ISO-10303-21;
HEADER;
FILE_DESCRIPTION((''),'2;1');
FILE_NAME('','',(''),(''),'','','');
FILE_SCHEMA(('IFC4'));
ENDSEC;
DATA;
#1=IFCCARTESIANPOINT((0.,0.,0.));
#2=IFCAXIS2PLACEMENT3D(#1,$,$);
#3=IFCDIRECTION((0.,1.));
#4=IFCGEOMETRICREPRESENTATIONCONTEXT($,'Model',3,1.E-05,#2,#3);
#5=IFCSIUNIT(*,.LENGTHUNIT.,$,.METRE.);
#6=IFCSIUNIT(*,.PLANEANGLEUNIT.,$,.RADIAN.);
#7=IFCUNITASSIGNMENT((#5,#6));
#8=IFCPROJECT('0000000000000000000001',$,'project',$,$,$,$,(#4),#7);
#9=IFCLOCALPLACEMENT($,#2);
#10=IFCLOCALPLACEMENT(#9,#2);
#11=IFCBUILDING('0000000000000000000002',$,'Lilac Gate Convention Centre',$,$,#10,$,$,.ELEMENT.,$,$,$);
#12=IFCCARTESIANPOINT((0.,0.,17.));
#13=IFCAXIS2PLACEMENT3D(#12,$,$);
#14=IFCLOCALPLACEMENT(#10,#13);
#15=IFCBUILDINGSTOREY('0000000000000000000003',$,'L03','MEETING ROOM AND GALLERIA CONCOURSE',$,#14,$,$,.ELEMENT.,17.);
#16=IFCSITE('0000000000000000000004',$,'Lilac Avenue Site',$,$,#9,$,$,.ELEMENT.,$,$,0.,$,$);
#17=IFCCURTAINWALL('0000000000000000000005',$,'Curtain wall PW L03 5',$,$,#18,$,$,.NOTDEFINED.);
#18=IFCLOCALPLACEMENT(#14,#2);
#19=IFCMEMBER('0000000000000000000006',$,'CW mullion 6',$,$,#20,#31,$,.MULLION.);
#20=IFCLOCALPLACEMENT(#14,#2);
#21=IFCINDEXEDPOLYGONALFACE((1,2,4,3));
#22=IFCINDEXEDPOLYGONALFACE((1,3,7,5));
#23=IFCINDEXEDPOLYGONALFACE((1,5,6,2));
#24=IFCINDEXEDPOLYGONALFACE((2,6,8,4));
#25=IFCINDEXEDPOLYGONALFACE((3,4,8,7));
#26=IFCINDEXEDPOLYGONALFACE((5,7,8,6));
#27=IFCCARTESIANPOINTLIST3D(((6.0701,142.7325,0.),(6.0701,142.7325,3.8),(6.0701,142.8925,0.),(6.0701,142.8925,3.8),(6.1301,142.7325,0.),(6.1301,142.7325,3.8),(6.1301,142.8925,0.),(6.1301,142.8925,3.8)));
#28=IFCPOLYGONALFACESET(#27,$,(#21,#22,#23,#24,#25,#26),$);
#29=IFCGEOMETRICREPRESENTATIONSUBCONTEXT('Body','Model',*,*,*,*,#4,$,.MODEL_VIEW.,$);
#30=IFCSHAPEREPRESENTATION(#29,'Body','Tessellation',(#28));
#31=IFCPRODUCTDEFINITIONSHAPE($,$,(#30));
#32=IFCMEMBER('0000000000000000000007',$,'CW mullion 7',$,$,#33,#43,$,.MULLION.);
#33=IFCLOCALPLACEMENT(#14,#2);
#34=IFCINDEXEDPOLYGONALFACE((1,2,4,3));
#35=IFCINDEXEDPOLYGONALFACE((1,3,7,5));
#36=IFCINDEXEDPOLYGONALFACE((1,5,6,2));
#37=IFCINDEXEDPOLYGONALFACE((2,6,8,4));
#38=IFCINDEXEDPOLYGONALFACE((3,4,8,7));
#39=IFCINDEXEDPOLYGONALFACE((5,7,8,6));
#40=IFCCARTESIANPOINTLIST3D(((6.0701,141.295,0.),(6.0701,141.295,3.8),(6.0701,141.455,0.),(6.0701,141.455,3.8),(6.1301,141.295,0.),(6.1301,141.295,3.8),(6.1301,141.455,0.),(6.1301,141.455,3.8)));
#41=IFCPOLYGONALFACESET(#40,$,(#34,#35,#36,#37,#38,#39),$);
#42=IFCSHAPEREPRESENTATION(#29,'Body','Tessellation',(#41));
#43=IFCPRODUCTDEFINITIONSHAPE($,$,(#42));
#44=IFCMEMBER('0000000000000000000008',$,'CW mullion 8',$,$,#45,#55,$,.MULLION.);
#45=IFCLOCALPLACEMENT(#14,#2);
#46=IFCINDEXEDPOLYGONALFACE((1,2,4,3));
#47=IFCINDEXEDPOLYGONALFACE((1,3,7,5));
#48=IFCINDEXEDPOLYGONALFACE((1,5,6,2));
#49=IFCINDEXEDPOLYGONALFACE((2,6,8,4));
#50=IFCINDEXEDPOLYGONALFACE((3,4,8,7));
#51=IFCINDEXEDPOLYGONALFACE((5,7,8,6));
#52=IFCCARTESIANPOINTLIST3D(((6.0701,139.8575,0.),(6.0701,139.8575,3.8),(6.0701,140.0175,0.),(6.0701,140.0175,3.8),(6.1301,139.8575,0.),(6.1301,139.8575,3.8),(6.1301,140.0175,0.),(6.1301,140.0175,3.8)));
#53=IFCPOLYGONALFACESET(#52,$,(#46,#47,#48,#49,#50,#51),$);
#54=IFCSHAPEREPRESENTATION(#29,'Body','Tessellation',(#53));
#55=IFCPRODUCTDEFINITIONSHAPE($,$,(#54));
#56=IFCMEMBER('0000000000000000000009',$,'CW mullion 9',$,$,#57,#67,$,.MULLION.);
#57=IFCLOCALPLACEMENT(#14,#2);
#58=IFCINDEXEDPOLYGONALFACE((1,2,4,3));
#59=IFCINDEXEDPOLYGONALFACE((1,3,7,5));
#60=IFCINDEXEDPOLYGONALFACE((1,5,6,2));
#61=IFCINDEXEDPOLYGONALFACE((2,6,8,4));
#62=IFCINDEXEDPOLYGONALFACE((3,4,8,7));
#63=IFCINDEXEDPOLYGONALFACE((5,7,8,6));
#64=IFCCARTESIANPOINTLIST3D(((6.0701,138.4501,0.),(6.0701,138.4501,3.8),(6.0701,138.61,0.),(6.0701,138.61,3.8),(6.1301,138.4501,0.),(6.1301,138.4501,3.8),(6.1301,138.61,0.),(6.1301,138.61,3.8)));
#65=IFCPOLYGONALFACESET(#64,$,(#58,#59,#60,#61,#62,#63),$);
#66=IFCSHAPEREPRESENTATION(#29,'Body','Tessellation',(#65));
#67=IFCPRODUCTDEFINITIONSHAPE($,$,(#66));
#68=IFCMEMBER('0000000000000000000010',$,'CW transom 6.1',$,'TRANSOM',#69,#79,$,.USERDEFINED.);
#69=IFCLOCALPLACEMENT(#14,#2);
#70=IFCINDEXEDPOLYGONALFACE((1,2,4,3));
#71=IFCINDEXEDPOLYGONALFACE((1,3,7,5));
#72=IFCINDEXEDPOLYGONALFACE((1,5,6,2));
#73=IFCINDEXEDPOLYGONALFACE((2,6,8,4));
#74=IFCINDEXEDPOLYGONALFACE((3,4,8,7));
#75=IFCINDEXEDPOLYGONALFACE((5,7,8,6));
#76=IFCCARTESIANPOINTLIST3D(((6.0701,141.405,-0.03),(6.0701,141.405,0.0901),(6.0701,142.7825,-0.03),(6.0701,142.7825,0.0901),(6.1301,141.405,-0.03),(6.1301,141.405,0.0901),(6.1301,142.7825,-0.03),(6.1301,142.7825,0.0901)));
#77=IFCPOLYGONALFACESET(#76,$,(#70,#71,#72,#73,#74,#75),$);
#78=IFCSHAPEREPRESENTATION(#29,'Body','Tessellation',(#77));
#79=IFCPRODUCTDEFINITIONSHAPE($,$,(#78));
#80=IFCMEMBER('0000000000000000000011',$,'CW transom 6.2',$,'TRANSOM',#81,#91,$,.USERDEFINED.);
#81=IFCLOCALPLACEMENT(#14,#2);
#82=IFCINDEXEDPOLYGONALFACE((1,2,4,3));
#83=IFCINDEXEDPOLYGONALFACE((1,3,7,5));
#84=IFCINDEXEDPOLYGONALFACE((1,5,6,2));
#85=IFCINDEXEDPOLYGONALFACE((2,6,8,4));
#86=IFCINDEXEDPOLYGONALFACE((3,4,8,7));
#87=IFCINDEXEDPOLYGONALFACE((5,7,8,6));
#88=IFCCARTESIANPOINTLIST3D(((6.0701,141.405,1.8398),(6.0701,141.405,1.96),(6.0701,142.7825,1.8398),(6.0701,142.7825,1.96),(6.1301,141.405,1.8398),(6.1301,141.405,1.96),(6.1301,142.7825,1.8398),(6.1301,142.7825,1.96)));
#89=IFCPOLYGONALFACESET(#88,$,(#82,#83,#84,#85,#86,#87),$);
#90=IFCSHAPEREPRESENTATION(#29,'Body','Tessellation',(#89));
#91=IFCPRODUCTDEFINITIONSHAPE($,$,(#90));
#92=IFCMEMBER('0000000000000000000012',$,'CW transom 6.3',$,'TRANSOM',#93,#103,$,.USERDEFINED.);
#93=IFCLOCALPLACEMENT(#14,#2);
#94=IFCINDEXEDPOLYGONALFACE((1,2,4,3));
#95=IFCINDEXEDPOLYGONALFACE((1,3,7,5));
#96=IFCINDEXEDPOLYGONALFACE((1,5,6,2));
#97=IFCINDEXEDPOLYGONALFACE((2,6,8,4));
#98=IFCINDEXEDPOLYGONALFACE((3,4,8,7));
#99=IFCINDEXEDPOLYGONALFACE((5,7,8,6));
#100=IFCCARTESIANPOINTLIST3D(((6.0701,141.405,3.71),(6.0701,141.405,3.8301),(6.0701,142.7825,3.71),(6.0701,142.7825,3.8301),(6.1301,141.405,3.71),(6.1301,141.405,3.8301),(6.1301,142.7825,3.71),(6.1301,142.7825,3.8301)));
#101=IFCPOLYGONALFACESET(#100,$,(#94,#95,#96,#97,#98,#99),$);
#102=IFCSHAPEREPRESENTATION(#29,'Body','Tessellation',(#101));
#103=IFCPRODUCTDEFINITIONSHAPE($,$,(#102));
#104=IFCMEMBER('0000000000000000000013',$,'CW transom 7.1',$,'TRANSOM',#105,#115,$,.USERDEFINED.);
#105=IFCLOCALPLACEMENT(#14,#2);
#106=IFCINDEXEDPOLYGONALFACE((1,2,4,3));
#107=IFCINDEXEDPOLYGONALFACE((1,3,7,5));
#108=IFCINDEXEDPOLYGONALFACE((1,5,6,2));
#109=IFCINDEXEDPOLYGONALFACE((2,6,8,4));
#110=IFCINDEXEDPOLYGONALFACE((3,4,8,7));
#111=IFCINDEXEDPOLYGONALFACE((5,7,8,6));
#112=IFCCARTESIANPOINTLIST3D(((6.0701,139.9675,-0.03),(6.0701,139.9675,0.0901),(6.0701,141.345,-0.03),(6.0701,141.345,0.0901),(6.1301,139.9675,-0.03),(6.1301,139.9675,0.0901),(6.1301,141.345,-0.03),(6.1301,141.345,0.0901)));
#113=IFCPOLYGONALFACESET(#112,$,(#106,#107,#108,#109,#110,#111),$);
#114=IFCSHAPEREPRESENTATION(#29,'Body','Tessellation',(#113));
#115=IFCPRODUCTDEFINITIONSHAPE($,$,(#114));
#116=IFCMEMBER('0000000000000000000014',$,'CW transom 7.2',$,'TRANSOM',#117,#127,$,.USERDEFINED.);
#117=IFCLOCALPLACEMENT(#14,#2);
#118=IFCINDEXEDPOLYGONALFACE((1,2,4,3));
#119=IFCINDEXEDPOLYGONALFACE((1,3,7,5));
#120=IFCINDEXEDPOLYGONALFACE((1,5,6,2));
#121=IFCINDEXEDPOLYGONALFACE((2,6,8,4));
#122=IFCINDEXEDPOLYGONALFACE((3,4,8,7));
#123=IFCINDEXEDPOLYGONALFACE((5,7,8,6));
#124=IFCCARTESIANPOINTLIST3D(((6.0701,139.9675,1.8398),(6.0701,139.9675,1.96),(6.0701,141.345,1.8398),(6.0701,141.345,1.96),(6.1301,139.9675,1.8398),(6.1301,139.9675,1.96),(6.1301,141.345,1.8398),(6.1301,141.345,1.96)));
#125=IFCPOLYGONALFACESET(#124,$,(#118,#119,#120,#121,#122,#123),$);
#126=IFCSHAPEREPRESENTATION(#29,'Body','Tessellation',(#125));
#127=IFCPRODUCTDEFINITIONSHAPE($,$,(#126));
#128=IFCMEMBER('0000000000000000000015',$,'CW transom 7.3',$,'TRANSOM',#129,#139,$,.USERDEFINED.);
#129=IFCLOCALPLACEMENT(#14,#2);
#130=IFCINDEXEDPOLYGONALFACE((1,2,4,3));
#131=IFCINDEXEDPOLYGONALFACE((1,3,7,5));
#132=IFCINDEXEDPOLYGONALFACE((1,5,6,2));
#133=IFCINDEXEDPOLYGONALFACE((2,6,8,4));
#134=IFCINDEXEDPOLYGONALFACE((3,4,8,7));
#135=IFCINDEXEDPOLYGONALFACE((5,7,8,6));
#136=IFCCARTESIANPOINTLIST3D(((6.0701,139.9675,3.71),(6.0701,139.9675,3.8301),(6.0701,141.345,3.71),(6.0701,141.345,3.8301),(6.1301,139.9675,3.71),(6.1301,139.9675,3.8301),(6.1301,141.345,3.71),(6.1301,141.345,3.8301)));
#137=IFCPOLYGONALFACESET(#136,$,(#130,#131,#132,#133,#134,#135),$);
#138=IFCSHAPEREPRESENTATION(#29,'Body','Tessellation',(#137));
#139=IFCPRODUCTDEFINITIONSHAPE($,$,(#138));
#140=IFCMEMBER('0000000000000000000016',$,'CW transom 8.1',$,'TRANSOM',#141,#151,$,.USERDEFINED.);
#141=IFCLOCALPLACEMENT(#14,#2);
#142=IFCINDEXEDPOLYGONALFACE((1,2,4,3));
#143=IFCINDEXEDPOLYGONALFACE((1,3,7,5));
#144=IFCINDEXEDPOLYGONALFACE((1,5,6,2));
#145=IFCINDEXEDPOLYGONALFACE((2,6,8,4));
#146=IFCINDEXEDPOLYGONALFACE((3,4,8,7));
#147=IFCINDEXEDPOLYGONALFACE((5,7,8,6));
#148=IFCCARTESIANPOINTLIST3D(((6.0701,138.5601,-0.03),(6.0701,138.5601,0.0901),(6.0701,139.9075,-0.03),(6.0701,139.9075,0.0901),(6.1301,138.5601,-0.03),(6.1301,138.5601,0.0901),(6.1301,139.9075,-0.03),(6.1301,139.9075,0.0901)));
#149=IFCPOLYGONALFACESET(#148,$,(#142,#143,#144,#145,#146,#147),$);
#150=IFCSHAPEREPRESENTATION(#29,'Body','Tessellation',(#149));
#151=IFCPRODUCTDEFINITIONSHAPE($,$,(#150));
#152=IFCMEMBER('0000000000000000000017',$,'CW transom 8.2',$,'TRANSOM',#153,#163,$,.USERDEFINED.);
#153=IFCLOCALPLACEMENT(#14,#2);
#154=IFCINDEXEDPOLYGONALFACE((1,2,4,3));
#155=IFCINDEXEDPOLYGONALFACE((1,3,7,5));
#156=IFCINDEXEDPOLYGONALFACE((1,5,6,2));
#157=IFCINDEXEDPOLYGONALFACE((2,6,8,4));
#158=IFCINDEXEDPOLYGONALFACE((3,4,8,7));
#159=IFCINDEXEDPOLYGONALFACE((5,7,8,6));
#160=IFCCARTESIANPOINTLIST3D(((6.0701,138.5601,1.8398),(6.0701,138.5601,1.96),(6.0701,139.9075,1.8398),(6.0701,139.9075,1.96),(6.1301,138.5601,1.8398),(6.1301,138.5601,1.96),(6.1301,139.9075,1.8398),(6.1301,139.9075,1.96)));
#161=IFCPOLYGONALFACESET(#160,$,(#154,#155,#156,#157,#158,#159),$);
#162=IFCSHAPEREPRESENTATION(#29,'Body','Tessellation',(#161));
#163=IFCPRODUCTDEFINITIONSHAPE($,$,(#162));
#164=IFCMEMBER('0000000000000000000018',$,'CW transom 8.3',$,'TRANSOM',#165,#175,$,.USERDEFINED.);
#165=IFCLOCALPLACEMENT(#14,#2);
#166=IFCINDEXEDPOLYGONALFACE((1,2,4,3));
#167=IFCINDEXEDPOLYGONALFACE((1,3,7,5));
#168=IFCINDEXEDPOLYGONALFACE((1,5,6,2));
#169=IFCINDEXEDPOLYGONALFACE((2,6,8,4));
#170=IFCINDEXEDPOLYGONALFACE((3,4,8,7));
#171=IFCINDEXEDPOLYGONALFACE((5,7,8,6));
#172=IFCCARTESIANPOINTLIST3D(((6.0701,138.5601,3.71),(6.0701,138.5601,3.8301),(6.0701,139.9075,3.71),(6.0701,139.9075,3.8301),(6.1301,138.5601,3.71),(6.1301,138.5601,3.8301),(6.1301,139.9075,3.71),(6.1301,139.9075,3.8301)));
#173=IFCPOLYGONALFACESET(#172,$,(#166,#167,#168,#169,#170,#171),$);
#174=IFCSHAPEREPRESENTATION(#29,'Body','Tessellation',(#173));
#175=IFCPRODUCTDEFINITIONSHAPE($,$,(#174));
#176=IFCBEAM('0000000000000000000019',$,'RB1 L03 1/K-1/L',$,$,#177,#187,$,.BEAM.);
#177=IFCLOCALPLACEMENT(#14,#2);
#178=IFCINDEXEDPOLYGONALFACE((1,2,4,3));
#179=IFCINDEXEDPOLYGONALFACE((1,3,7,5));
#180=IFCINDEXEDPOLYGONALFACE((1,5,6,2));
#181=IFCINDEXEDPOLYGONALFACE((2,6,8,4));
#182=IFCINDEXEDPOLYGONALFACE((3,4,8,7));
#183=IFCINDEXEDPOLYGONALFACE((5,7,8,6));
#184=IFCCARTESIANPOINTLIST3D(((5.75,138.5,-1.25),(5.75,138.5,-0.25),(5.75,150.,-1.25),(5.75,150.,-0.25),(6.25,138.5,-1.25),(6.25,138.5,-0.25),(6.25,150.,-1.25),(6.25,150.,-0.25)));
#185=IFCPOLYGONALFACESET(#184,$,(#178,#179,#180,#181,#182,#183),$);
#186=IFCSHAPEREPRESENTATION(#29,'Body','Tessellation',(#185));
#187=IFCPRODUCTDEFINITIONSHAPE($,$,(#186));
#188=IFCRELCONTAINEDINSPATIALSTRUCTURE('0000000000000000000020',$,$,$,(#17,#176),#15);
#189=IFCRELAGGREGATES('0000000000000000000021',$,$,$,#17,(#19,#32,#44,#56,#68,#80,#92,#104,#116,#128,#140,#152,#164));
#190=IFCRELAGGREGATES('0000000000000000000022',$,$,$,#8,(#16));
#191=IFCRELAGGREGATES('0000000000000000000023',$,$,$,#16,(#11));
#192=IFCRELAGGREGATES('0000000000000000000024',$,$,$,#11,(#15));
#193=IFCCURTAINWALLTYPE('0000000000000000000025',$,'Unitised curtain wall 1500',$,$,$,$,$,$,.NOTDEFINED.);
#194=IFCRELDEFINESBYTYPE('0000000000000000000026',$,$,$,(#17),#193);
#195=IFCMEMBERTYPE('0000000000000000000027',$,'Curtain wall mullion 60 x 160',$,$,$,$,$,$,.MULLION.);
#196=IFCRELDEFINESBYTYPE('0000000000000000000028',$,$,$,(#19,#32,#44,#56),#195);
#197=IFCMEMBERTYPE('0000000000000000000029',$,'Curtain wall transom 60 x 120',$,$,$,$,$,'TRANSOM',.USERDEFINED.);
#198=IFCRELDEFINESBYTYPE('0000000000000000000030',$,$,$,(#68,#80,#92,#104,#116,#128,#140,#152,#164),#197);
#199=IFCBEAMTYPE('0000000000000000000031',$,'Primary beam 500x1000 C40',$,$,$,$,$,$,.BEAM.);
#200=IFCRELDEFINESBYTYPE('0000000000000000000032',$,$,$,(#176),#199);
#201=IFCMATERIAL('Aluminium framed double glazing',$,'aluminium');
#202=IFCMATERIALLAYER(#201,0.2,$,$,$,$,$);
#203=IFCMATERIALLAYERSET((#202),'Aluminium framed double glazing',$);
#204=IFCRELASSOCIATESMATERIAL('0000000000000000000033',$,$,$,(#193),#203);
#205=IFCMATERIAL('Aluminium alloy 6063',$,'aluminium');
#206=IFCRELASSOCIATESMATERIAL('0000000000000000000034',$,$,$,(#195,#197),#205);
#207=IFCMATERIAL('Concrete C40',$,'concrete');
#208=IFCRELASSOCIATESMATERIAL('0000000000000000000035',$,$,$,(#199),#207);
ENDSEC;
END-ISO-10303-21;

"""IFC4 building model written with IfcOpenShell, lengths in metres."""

from ifc_helpers import new_model, si_unit, direction, frame, origin, origin_2d, place, context, subcontext, project, spatial, rectangle, extrude, material, layer, layer_set, material_profile, profile_set, type_object, element, aggregate, save


model = new_model("IFC4")

# Units and contexts
model_context = context("Model", 3, precision=1e-05, world=origin(), true_north=direction((0.0, 1.0)))
body_context = subcontext(model_context, "Body", "Model", "MODEL_VIEW")
ifc_project = project(units=[si_unit("LENGTHUNIT", "METRE"), si_unit("PLANEANGLEUNIT", "RADIAN")], contexts=[model_context])

# Site, building, storey
site_placement = place(None, origin())
site = spatial("IfcSite", under=ifc_project, at=site_placement, Name="Lilac Avenue Site", CompositionType="ELEMENT", RefElevation=0.0)
building_placement = place(site_placement, origin())
building = spatial("IfcBuilding", under=site, at=building_placement, Name="Lilac Gate Convention Centre", CompositionType="ELEMENT")
storey_placement = place(building_placement, frame((0.0, 0.0, 17.0)))
storey = spatial("IfcBuildingStorey", under=building, at=storey_placement, Name="L03", Description="MEETING ROOM AND GALLERIA CONCOURSE", CompositionType="ELEMENT", Elevation=17.0)

# Curtain wall, members
ifc_material_1 = material(Name="Aluminium framed double glazing", Category="aluminium")
ifc_layer_1 = layer(ifc_material_1, 0.2)
ifc_layer_set_1 = layer_set([ifc_layer_1], Name="Aluminium framed double glazing")
curtain_wall_type = type_object("IfcCurtainWallType", Name="Unitised curtain wall 1500", PredefinedType="NOTDEFINED", material=ifc_layer_set_1)
curtain_wall_placement = place(storey_placement, origin())
curtain_wall = element("IfcCurtainWall", 1, at=curtain_wall_placement, inside=storey, type_object=curtain_wall_type, Name="Curtain wall PW L03 5", PredefinedType="NOTDEFINED")
ifc_material_2 = material(Name="Aluminium alloy 6063", Category="aluminium")
ifc_material_profile_1 = material_profile(ifc_material_2, rectangle(XDim=0.0601, YDim=0.1599, at=origin_2d()), Name="Curtain wall mullion 60 x 160")
ifc_profile_set_1 = profile_set([ifc_material_profile_1], Name="Aluminium alloy 6063")
member_type_1 = type_object("IfcMemberType", Name="Curtain wall mullion 60 x 160", PredefinedType="MULLION", material=ifc_profile_set_1)
member_1_placement = place(storey_placement, frame((6.1001, 142.8125, 0.0), z_axis=(0.0, 0.0, 1.0), x_axis=(1.0, 0.0, 0.0)))
member_1 = element("IfcMember", 2, at=member_1_placement, type_object=member_type_1, Name="CW mullion 6", PredefinedType="MULLION", context=body_context, shape_type="SweptSolid", body=[
    extrude(rectangle(XDim=0.0601, YDim=0.1599, at=origin_2d()), origin(), (0.0, 0.0, 1.0), 3.8),
])
member_2_placement = place(storey_placement, frame((6.1001, 141.375, 0.0), z_axis=(0.0, 0.0, 1.0), x_axis=(1.0, 0.0, 0.0)))
member_2 = element("IfcMember", 3, at=member_2_placement, type_object=member_type_1, Name="CW mullion 7", PredefinedType="MULLION", context=body_context, shape_type="SweptSolid", body=[
    extrude(rectangle(XDim=0.0601, YDim=0.1599, at=origin_2d()), origin(), (0.0, 0.0, 1.0), 3.8),
])
member_3_placement = place(storey_placement, frame((6.1001, 139.9375, 0.0), z_axis=(0.0, 0.0, 1.0), x_axis=(1.0, 0.0, 0.0)))
member_3 = element("IfcMember", 4, at=member_3_placement, type_object=member_type_1, Name="CW mullion 8", PredefinedType="MULLION", context=body_context, shape_type="SweptSolid", body=[
    extrude(rectangle(XDim=0.0601, YDim=0.1599, at=origin_2d()), origin(), (0.0, 0.0, 1.0), 3.8),
])
member_4_placement = place(storey_placement, frame((6.1001, 138.53, 0.0), z_axis=(0.0, 0.0, 1.0), x_axis=(1.0, 0.0, 0.0)))
member_4 = element("IfcMember", 5, at=member_4_placement, type_object=member_type_1, Name="CW mullion 9", PredefinedType="MULLION", context=body_context, shape_type="SweptSolid", body=[
    extrude(rectangle(XDim=0.0601, YDim=0.1599, at=origin_2d()), origin(), (0.0, 0.0, 1.0), 3.8),
])
ifc_material_profile_2 = material_profile(ifc_material_2, rectangle(XDim=0.0601, YDim=0.1201, at=origin_2d()), Name="Curtain wall transom 60 x 120")
ifc_profile_set_2 = profile_set([ifc_material_profile_2], Name="Aluminium alloy 6063")
member_type_2 = type_object("IfcMemberType", Name="Curtain wall transom 60 x 120", ElementType="TRANSOM", PredefinedType="USERDEFINED", material=ifc_profile_set_2)
member_5_placement = place(storey_placement, frame((6.1001, 142.7825, 0.03), z_axis=(0.0, -1.0, 0.0), x_axis=(1.0, 0.0, 0.0)))
member_5 = element("IfcMember", 6, at=member_5_placement, type_object=member_type_2, Name="CW transom 6.1", ObjectType="TRANSOM", PredefinedType="USERDEFINED", context=body_context, shape_type="SweptSolid", body=[
    extrude(rectangle(XDim=0.0601, YDim=0.1201, at=origin_2d()), origin(), (0.0, 0.0, 1.0), 1.3774),
])
member_6_placement = place(storey_placement, frame((6.1001, 142.7825, 1.8999), z_axis=(0.0, -1.0, 0.0), x_axis=(1.0, 0.0, 0.0)))
member_6 = element("IfcMember", 7, at=member_6_placement, type_object=member_type_2, Name="CW transom 6.2", ObjectType="TRANSOM", PredefinedType="USERDEFINED", context=body_context, shape_type="SweptSolid", body=[
    extrude(rectangle(XDim=0.0601, YDim=0.1201, at=origin_2d()), origin(), (0.0, 0.0, 1.0), 1.3774),
])
member_7_placement = place(storey_placement, frame((6.1001, 142.7825, 3.77), z_axis=(0.0, -1.0, 0.0), x_axis=(1.0, 0.0, 0.0)))
member_7 = element("IfcMember", 8, at=member_7_placement, type_object=member_type_2, Name="CW transom 6.3", ObjectType="TRANSOM", PredefinedType="USERDEFINED", context=body_context, shape_type="SweptSolid", body=[
    extrude(rectangle(XDim=0.0601, YDim=0.1201, at=origin_2d()), origin(), (0.0, 0.0, 1.0), 1.3774),
])
member_8_placement = place(storey_placement, frame((6.1001, 141.345, 0.03), z_axis=(0.0, -1.0, 0.0), x_axis=(1.0, 0.0, 0.0)))
member_8 = element("IfcMember", 9, at=member_8_placement, type_object=member_type_2, Name="CW transom 7.1", ObjectType="TRANSOM", PredefinedType="USERDEFINED", context=body_context, shape_type="SweptSolid", body=[
    extrude(rectangle(XDim=0.0601, YDim=0.1201, at=origin_2d()), origin(), (0.0, 0.0, 1.0), 1.3774),
])
member_9_placement = place(storey_placement, frame((6.1001, 141.345, 1.8999), z_axis=(0.0, -1.0, 0.0), x_axis=(1.0, 0.0, 0.0)))
member_9 = element("IfcMember", 10, at=member_9_placement, type_object=member_type_2, Name="CW transom 7.2", ObjectType="TRANSOM", PredefinedType="USERDEFINED", context=body_context, shape_type="SweptSolid", body=[
    extrude(rectangle(XDim=0.0601, YDim=0.1201, at=origin_2d()), origin(), (0.0, 0.0, 1.0), 1.3774),
])
member_10_placement = place(storey_placement, frame((6.1001, 141.345, 3.77), z_axis=(0.0, -1.0, 0.0), x_axis=(1.0, 0.0, 0.0)))
member_10 = element("IfcMember", 11, at=member_10_placement, type_object=member_type_2, Name="CW transom 7.3", ObjectType="TRANSOM", PredefinedType="USERDEFINED", context=body_context, shape_type="SweptSolid", body=[
    extrude(rectangle(XDim=0.0601, YDim=0.1201, at=origin_2d()), origin(), (0.0, 0.0, 1.0), 1.3774),
])
member_11_placement = place(storey_placement, frame((6.1001, 139.9075, 0.03), z_axis=(0.0, -1.0, 0.0), x_axis=(1.0, 0.0, 0.0)))
member_11 = element("IfcMember", 12, at=member_11_placement, type_object=member_type_2, Name="CW transom 8.1", ObjectType="TRANSOM", PredefinedType="USERDEFINED", context=body_context, shape_type="SweptSolid", body=[
    extrude(rectangle(XDim=0.0601, YDim=0.1201, at=origin_2d()), origin(), (0.0, 0.0, 1.0), 1.3474),
])
member_12_placement = place(storey_placement, frame((6.1001, 139.9075, 1.8999), z_axis=(0.0, -1.0, 0.0), x_axis=(1.0, 0.0, 0.0)))
member_12 = element("IfcMember", 13, at=member_12_placement, type_object=member_type_2, Name="CW transom 8.2", ObjectType="TRANSOM", PredefinedType="USERDEFINED", context=body_context, shape_type="SweptSolid", body=[
    extrude(rectangle(XDim=0.0601, YDim=0.1201, at=origin_2d()), origin(), (0.0, 0.0, 1.0), 1.3474),
])
member_13_placement = place(storey_placement, frame((6.1001, 139.9075, 3.77), z_axis=(0.0, -1.0, 0.0), x_axis=(1.0, 0.0, 0.0)))
member_13 = element("IfcMember", 14, at=member_13_placement, type_object=member_type_2, Name="CW transom 8.3", ObjectType="TRANSOM", PredefinedType="USERDEFINED", context=body_context, shape_type="SweptSolid", body=[
    extrude(rectangle(XDim=0.0601, YDim=0.1201, at=origin_2d()), origin(), (0.0, 0.0, 1.0), 1.3474),
])

# Beam
ifc_material_3 = material(Name="Concrete C40", Category="concrete")
ifc_material_profile_3 = material_profile(ifc_material_3, rectangle(XDim=0.5, YDim=1.0, at=origin_2d()), Name="RC 500x1000")
ifc_profile_set_3 = profile_set([ifc_material_profile_3], Name="Concrete C40")
beam_type = type_object("IfcBeamType", Name="Primary beam 500x1000 C40", PredefinedType="BEAM", material=ifc_profile_set_3)
beam_placement = place(storey_placement, frame((6.0, 138.5, -0.75), z_axis=(0.0, 1.0, 0.0), x_axis=(-1.0, 0.0, 0.0)))
element("IfcBeam", 15, at=beam_placement, inside=storey, type_object=beam_type, Name="RB1 L03 1/K-1/L", PredefinedType="BEAM", context=body_context, shape_type="SweptSolid", body=[
    extrude(rectangle(XDim=0.5, YDim=1.0, at=origin_2d()), origin(), (0.0, 0.0, 1.0), 11.5),
])

aggregate(curtain_wall, [member_1, member_2, member_3, member_4, member_5, member_6, member_7, member_8, member_9, member_10, member_11, member_12, member_13])

save(model, "model.ifc")
